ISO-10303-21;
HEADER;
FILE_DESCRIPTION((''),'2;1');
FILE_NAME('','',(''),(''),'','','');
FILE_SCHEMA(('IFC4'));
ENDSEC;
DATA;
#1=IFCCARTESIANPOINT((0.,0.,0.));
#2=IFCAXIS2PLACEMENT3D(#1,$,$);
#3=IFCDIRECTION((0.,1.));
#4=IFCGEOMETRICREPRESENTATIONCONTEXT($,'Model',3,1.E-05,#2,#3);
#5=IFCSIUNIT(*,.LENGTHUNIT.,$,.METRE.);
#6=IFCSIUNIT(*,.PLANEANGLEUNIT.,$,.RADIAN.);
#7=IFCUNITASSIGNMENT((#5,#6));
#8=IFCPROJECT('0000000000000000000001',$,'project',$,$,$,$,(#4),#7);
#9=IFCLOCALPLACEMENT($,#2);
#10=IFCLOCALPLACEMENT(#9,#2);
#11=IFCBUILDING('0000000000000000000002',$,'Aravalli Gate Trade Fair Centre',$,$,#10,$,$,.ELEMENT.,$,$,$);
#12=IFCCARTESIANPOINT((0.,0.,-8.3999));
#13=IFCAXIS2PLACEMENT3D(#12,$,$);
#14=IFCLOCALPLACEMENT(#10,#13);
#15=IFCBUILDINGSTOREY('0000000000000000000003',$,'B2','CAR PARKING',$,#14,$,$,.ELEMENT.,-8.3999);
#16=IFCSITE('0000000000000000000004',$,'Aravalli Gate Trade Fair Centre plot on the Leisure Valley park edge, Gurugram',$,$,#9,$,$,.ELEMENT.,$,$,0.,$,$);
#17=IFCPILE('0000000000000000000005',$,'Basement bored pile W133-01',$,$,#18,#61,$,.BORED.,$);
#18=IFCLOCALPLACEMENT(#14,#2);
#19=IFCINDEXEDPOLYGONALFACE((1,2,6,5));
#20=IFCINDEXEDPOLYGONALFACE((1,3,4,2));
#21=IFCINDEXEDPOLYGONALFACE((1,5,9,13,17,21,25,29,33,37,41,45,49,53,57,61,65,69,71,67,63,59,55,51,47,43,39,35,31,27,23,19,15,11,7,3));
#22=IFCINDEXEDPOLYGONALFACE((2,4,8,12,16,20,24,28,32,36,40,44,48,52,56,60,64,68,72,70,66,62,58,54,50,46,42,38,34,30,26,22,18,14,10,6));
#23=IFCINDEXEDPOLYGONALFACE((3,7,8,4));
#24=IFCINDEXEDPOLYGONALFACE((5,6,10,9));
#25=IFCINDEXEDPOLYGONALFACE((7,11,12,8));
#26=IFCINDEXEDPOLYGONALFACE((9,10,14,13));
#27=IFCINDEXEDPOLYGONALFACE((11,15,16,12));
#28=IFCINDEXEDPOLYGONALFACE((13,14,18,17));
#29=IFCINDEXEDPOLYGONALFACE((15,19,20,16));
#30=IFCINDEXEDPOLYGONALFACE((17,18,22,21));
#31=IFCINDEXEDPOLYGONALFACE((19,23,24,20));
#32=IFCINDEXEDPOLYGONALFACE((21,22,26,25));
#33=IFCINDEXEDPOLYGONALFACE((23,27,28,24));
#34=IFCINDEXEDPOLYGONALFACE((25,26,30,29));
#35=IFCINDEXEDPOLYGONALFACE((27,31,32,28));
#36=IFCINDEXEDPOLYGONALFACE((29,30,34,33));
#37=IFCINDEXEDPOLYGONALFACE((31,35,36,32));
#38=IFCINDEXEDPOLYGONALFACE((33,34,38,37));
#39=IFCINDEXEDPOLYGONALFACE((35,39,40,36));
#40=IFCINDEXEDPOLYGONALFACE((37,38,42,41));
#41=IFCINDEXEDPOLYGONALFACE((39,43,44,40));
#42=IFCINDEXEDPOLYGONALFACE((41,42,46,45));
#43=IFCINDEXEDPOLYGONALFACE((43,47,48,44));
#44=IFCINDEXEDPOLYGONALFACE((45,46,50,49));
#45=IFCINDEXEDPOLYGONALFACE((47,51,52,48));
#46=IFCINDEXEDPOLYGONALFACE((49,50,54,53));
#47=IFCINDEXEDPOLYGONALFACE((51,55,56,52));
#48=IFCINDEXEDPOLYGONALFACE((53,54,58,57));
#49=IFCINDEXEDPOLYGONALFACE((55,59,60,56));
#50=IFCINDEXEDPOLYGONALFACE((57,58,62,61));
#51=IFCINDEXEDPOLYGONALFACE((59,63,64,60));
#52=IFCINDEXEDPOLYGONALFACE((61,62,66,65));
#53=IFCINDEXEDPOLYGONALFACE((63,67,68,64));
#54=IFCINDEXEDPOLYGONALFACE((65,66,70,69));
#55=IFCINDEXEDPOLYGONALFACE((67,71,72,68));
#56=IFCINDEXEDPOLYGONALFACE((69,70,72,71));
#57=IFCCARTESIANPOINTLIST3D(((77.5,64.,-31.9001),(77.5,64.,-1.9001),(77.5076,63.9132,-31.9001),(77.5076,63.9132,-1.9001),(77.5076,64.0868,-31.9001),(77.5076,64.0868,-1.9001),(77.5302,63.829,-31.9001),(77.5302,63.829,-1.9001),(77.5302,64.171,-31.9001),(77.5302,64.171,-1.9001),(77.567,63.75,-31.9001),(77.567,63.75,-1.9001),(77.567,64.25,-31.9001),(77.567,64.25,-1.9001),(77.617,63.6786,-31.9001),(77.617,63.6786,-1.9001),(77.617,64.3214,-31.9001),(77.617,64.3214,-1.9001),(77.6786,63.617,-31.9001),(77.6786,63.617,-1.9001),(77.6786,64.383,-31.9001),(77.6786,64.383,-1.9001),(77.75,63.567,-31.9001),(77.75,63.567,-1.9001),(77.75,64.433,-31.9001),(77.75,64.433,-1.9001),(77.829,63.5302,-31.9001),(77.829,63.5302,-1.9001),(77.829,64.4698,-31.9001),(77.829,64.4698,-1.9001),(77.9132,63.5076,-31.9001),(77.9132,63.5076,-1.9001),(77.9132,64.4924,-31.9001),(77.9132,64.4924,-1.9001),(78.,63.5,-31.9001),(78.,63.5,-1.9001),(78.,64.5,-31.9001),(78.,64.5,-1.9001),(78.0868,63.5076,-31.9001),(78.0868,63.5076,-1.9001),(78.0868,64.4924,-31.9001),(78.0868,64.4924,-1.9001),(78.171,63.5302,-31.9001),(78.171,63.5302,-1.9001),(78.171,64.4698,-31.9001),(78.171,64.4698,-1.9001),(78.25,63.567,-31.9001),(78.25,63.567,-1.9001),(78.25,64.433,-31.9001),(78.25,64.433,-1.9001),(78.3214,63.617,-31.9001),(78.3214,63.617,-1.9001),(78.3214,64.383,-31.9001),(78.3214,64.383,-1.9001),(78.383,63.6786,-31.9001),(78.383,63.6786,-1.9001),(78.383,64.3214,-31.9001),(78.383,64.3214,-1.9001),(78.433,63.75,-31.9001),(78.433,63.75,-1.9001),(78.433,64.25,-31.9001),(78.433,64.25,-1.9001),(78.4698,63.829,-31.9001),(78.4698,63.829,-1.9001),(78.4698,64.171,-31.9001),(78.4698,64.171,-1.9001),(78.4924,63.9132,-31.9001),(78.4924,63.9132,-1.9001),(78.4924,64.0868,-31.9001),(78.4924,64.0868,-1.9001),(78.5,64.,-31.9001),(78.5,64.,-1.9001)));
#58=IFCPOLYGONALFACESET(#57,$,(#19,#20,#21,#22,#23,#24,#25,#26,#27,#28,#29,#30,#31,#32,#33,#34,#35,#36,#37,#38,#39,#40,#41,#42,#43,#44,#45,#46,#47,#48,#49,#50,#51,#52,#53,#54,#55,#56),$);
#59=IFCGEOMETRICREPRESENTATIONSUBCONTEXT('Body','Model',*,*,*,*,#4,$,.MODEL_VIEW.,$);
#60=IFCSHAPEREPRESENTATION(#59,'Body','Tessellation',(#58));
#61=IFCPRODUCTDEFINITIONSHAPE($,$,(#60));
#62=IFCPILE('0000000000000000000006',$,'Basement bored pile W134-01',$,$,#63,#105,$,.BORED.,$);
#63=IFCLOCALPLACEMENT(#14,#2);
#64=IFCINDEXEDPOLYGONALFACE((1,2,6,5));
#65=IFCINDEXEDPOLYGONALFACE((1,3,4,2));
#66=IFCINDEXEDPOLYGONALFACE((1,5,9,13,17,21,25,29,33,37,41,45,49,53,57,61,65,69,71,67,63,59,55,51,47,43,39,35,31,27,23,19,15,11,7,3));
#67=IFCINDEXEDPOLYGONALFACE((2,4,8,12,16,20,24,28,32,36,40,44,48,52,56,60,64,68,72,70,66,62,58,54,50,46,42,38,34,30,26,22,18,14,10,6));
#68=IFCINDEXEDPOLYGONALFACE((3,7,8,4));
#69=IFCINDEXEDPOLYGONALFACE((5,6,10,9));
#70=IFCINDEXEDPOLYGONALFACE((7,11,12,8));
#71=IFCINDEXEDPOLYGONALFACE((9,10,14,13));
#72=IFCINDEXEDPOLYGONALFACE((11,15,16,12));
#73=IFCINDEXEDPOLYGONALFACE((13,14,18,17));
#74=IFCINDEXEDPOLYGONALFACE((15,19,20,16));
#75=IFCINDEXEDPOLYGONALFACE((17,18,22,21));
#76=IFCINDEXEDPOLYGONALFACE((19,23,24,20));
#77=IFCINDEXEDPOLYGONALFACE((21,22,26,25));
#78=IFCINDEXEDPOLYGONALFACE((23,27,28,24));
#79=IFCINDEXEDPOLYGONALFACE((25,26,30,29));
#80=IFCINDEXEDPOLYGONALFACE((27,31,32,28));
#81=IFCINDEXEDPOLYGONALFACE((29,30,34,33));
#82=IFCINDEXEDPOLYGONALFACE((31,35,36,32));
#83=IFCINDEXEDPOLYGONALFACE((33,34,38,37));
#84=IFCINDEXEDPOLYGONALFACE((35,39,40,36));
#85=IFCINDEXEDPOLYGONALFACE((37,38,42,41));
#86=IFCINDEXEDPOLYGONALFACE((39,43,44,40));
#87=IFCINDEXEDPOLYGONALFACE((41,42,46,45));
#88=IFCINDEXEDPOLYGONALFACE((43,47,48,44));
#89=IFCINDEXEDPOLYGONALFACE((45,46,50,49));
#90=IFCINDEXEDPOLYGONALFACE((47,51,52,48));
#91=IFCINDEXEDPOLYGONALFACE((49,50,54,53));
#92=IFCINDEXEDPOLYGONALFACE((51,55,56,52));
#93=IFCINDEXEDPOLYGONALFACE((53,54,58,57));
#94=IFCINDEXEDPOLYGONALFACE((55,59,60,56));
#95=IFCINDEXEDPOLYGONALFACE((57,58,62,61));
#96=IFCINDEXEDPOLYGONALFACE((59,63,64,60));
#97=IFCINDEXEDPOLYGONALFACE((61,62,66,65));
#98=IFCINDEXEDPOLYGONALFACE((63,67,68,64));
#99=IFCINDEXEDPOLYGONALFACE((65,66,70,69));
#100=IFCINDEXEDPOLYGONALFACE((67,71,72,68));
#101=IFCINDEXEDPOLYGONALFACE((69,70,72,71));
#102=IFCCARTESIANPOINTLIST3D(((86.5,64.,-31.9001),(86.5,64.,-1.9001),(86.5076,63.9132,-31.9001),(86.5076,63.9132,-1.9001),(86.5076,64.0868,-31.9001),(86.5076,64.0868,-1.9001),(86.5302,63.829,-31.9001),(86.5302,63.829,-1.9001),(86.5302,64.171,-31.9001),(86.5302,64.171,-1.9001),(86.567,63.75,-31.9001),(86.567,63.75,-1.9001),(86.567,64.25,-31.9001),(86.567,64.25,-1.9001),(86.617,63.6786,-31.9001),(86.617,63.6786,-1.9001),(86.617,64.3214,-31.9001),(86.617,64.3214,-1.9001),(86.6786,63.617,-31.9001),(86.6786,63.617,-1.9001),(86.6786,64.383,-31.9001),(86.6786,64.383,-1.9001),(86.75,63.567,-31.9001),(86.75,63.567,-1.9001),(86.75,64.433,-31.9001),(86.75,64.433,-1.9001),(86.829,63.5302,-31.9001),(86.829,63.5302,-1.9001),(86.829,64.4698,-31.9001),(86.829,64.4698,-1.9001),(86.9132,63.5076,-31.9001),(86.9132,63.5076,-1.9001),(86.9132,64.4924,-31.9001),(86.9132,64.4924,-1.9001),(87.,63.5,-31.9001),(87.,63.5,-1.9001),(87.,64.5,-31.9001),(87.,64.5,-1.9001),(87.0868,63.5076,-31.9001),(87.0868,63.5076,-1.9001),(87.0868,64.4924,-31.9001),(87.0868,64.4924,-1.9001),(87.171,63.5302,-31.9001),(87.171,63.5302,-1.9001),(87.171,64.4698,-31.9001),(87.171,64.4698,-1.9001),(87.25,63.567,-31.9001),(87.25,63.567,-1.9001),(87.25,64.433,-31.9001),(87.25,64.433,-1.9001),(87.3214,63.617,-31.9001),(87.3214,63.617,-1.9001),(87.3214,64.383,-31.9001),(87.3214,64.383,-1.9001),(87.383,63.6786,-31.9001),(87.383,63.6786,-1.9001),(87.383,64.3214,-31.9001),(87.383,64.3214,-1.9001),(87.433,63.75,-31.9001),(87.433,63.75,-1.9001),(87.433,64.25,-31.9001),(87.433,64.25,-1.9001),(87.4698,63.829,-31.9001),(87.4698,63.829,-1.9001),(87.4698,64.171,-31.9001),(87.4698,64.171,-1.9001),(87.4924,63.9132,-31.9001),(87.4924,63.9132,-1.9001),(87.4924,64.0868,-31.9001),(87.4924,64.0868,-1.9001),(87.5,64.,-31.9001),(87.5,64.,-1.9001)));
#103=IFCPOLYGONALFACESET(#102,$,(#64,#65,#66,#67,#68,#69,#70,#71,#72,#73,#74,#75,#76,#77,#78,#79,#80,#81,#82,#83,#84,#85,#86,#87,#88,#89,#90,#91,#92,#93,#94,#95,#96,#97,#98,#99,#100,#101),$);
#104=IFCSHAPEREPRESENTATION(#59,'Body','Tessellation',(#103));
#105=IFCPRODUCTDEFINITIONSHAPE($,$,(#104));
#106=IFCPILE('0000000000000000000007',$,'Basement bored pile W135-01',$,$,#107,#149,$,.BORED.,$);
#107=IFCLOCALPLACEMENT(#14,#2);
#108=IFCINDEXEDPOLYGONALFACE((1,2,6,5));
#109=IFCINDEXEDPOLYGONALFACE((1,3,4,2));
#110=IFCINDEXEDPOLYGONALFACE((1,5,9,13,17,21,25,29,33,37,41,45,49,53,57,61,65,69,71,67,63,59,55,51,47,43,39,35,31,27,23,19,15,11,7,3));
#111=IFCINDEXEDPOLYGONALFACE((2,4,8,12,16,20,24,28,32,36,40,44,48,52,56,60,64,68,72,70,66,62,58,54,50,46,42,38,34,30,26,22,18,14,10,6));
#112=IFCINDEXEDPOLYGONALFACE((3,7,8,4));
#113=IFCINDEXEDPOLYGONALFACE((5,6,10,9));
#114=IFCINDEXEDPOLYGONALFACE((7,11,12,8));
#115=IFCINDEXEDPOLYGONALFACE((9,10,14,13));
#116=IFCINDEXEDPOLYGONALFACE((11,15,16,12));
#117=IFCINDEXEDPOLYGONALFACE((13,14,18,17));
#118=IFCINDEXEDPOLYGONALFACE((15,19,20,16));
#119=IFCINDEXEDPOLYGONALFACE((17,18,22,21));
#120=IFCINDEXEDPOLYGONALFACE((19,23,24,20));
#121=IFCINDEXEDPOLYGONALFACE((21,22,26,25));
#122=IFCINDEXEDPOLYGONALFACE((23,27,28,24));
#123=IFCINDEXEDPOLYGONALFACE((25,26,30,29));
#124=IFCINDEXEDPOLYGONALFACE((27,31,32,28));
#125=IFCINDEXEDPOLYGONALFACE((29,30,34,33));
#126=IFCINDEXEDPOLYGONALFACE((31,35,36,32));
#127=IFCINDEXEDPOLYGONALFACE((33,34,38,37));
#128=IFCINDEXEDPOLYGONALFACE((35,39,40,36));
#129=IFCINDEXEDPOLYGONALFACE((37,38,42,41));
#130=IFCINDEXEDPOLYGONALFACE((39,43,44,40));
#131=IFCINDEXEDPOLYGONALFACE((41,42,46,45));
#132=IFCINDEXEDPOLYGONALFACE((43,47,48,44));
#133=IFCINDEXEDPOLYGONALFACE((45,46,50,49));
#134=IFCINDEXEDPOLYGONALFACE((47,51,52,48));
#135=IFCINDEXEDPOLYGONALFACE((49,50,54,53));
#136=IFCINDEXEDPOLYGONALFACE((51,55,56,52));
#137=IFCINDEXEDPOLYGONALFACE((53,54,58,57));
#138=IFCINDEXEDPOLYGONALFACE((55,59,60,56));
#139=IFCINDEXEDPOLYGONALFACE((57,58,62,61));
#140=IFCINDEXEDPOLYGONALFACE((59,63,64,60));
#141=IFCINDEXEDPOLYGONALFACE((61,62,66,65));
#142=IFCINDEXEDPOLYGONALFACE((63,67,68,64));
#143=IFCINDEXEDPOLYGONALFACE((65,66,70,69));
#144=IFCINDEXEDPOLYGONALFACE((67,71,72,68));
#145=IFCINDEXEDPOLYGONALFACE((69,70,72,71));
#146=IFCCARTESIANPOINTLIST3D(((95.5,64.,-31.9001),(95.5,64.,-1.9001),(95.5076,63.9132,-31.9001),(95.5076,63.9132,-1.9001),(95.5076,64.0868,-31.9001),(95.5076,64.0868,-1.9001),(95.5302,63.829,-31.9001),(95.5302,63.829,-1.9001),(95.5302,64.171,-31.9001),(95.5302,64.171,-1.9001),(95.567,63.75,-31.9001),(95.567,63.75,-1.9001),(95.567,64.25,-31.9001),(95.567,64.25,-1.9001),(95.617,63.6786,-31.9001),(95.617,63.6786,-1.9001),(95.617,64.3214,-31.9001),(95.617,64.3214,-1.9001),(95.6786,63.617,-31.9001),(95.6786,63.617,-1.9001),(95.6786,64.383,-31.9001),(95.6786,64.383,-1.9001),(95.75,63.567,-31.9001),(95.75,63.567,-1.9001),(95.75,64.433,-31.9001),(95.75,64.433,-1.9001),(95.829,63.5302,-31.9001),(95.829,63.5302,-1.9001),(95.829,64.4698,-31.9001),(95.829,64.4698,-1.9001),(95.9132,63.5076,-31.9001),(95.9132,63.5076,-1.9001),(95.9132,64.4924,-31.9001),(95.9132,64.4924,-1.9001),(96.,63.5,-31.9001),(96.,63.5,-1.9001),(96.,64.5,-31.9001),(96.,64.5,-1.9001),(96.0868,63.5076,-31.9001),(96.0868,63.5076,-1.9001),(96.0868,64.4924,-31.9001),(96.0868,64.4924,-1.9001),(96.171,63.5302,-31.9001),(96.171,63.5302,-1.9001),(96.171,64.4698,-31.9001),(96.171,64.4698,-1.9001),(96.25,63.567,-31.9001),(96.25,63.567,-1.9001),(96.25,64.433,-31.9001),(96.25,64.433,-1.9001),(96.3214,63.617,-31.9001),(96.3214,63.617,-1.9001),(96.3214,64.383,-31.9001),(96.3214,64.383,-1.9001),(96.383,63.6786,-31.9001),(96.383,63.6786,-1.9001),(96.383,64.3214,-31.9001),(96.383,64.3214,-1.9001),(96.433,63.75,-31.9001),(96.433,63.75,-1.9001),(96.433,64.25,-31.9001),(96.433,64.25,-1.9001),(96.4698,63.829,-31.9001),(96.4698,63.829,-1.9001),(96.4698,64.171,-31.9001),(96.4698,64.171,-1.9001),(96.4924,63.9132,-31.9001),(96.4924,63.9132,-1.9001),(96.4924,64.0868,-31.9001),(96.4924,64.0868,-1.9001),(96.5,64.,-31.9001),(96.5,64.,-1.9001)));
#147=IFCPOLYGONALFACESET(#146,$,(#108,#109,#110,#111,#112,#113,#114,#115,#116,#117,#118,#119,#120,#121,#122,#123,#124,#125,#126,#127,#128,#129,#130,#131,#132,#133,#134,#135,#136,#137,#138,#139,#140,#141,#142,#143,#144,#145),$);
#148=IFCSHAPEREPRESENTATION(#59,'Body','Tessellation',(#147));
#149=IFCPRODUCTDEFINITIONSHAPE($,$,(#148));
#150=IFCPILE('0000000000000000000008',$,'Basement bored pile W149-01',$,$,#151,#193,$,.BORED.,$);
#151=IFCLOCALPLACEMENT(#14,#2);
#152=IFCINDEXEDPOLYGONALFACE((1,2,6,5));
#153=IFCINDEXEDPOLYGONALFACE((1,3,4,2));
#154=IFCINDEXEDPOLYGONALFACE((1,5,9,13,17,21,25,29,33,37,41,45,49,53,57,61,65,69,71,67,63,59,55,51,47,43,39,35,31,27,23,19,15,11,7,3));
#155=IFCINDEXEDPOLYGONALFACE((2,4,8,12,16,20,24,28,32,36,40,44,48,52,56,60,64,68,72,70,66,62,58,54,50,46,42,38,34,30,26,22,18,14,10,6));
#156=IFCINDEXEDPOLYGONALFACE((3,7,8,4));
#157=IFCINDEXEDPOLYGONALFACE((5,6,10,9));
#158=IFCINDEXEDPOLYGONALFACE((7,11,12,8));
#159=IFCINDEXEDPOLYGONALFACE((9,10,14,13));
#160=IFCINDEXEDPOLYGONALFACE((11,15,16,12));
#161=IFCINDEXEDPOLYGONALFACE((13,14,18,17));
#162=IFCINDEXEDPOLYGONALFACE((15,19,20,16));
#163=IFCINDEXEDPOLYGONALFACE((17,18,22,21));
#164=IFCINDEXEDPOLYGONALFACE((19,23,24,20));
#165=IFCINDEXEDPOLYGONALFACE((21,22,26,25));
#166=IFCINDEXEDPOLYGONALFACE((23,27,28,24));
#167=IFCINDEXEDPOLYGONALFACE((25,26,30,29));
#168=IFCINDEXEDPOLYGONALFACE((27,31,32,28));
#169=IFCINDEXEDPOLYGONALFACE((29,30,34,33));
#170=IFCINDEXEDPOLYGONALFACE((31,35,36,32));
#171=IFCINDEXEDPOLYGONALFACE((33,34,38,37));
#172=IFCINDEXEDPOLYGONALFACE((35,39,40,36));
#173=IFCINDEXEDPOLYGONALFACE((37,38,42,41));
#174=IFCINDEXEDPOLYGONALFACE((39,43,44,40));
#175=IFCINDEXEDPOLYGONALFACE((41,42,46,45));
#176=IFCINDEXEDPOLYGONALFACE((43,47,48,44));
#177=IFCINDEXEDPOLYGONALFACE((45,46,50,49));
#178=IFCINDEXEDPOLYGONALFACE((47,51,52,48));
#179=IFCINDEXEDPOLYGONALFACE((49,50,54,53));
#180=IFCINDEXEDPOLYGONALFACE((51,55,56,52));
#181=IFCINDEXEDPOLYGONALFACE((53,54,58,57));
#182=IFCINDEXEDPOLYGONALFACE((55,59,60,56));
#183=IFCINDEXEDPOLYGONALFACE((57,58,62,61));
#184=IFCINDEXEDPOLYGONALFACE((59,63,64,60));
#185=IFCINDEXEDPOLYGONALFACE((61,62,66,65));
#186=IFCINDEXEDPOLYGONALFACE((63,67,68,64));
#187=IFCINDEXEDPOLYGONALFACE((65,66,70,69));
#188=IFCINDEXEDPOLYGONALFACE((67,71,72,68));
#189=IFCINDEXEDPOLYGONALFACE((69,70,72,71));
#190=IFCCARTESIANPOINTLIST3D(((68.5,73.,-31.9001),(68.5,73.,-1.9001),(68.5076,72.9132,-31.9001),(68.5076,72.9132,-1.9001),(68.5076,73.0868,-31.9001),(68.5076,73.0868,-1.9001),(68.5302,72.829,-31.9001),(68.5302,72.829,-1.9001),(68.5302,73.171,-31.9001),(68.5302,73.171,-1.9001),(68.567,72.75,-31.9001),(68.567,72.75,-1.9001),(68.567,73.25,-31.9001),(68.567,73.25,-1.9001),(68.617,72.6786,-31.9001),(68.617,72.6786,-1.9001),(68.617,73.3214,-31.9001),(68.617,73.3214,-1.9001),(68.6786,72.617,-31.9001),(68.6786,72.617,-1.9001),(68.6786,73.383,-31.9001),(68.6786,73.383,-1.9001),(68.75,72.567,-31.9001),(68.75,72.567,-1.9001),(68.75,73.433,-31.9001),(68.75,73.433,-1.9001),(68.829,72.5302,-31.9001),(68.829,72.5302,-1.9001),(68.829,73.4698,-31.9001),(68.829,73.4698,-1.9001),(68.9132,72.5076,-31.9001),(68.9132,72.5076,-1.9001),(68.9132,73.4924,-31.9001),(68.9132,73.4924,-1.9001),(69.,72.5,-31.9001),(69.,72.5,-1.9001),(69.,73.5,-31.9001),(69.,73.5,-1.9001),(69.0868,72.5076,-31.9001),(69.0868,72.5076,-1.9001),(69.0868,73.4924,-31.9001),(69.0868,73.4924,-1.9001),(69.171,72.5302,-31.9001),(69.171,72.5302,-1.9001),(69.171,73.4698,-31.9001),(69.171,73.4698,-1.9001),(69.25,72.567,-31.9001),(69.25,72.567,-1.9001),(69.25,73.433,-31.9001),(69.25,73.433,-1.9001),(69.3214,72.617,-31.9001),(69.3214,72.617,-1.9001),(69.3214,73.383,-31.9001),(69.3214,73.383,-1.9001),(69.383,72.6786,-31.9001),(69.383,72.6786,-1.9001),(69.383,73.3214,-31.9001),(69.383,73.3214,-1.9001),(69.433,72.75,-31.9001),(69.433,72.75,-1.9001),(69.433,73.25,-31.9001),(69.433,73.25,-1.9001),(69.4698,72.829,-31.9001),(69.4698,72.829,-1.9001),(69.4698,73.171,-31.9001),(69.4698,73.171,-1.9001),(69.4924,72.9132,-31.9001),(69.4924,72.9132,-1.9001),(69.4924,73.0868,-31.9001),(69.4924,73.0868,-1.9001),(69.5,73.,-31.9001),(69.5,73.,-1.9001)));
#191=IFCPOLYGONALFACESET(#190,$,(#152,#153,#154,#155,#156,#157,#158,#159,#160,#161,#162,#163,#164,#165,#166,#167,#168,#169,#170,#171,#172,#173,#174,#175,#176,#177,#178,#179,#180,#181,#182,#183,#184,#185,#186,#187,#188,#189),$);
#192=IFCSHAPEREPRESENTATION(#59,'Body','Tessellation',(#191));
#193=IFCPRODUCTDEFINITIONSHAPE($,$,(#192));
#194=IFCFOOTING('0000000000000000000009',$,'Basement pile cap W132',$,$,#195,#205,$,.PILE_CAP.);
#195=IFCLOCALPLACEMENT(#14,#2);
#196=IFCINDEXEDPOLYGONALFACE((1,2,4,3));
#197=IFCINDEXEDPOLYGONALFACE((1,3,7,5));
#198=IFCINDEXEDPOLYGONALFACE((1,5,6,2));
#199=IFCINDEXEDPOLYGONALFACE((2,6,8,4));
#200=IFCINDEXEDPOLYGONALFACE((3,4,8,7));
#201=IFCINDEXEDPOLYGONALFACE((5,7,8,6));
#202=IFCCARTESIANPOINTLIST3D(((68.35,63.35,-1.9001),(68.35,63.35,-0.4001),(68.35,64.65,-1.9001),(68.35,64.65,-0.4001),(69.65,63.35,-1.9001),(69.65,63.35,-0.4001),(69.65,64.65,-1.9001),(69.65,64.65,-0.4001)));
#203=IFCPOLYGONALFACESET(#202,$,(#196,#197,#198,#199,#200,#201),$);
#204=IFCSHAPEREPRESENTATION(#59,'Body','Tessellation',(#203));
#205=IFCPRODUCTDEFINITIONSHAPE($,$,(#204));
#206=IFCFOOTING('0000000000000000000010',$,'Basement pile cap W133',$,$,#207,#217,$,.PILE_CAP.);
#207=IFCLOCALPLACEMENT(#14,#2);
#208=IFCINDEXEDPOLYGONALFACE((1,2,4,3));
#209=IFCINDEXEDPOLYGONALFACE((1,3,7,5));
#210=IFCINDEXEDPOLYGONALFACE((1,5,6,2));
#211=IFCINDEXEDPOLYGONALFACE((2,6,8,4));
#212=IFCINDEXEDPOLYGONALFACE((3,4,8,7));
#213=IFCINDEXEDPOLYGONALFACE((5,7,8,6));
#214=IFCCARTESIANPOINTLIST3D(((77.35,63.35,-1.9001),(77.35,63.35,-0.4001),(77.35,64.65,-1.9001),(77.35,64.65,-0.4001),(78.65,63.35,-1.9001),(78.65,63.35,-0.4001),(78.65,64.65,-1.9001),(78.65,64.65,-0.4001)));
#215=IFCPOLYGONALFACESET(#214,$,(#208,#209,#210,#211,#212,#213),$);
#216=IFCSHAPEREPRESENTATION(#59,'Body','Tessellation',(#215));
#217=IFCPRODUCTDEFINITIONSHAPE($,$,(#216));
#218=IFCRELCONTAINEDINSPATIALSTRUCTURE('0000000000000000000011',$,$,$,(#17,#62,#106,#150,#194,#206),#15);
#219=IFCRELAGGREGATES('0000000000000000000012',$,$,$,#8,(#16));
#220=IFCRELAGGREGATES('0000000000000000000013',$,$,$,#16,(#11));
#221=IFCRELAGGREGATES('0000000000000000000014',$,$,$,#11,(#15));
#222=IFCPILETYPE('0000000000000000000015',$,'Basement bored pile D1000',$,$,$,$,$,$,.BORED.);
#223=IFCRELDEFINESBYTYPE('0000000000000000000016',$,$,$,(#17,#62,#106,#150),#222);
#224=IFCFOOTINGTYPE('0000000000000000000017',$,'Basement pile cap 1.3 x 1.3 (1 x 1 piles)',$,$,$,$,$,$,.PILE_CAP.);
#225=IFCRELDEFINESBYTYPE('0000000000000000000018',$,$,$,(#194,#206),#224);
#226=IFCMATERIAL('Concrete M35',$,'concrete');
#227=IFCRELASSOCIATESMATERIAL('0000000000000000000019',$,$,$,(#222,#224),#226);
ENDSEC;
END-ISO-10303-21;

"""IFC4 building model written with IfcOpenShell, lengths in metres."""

from ifc_helpers import new_model, si_unit, direction, frame, origin, origin_2d, place, context, subcontext, project, spatial, rectangle, circle, extrude, material, material_profile, profile_set, type_object, element, save


model = new_model("IFC4")

# Units and contexts
model_context = context("Model", 3, precision=1e-05, world=origin(), true_north=direction((0.0, 1.0)))
body_context = subcontext(model_context, "Body", "Model", "MODEL_VIEW")
ifc_project = project(units=[si_unit("LENGTHUNIT", "METRE"), si_unit("PLANEANGLEUNIT", "RADIAN")], contexts=[model_context])

# Site, building, storey
site_placement = place(None, origin())
site = spatial("IfcSite", under=ifc_project, at=site_placement, Name="Aravalli Gate Trade Fair Centre plot on the Leisure Valley park edge, Gurugram", CompositionType="ELEMENT", RefElevation=0.0)
building_placement = place(site_placement, origin())
building = spatial("IfcBuilding", under=site, at=building_placement, Name="Aravalli Gate Trade Fair Centre", CompositionType="ELEMENT")
storey_placement = place(building_placement, frame((0.0, 0.0, -8.3999)))
storey = spatial("IfcBuildingStorey", under=building, at=storey_placement, Name="B2", Description="CAR PARKING", CompositionType="ELEMENT", Elevation=-8.3999)

# Piles
ifc_material_1 = material(Name="Concrete M35", Category="concrete")
ifc_material_profile_1 = material_profile(ifc_material_1, circle(Radius=0.5, at=origin_2d()), Name="D1000")
ifc_profile_set_1 = profile_set([ifc_material_profile_1], Name="Concrete M35")
pile_type = type_object("IfcPileType", Name="Basement bored pile D1000", PredefinedType="BORED", material=ifc_profile_set_1)
for number, where, z_axis, x_axis, name in (
    (1, (78.0, 64.0, -1.9001), (0.0, 0.0, -1.0), (1.0, 0.0, 0.0), "Basement bored pile W133-01"),
    (2, (87.0, 64.0, -1.9001), (0.0, 0.0, -1.0), (1.0, 0.0, 0.0), "Basement bored pile W134-01"),
    (3, (96.0, 64.0, -1.9001), (0.0, 0.0, -1.0), (1.0, 0.0, 0.0), "Basement bored pile W135-01"),
    (4, (69.0, 73.0, -1.9001), (0.0, 0.0, -1.0), (1.0, 0.0, 0.0), "Basement bored pile W149-01"),
):
    element("IfcPile", number, at=place(storey_placement, frame(where, z_axis=z_axis, x_axis=x_axis)), inside=storey, type_object=pile_type, Name=name, PredefinedType="BORED", context=body_context, shape_type="SweptSolid", body=[
        extrude(circle(Radius=0.5, at=origin_2d()), origin(), (0.0, 0.0, 1.0), 30.0),
    ])

# Footings
footing_type = type_object("IfcFootingType", Name="Basement pile cap 1.3 x 1.3 (1 x 1 piles)", PredefinedType="PILE_CAP", material=ifc_material_1)
for number, where, z_axis, x_axis, name in (
    (5, (69.0, 64.0, -1.9001), (0.0, 0.0, 1.0), (1.0, 0.0, 0.0), "Basement pile cap W132"),
    (6, (78.0, 64.0, -1.9001), (0.0, 0.0, 1.0), (1.0, 0.0, 0.0), "Basement pile cap W133"),
):
    element("IfcFooting", number, at=place(storey_placement, frame(where, z_axis=z_axis, x_axis=x_axis)), inside=storey, type_object=footing_type, Name=name, PredefinedType="PILE_CAP", context=body_context, shape_type="SweptSolid", body=[
        extrude(rectangle(XDim=1.3, YDim=1.3, at=origin_2d()), origin(), (0.0, 0.0, 1.0), 1.5),
    ])

save(model, "model.ifc")
